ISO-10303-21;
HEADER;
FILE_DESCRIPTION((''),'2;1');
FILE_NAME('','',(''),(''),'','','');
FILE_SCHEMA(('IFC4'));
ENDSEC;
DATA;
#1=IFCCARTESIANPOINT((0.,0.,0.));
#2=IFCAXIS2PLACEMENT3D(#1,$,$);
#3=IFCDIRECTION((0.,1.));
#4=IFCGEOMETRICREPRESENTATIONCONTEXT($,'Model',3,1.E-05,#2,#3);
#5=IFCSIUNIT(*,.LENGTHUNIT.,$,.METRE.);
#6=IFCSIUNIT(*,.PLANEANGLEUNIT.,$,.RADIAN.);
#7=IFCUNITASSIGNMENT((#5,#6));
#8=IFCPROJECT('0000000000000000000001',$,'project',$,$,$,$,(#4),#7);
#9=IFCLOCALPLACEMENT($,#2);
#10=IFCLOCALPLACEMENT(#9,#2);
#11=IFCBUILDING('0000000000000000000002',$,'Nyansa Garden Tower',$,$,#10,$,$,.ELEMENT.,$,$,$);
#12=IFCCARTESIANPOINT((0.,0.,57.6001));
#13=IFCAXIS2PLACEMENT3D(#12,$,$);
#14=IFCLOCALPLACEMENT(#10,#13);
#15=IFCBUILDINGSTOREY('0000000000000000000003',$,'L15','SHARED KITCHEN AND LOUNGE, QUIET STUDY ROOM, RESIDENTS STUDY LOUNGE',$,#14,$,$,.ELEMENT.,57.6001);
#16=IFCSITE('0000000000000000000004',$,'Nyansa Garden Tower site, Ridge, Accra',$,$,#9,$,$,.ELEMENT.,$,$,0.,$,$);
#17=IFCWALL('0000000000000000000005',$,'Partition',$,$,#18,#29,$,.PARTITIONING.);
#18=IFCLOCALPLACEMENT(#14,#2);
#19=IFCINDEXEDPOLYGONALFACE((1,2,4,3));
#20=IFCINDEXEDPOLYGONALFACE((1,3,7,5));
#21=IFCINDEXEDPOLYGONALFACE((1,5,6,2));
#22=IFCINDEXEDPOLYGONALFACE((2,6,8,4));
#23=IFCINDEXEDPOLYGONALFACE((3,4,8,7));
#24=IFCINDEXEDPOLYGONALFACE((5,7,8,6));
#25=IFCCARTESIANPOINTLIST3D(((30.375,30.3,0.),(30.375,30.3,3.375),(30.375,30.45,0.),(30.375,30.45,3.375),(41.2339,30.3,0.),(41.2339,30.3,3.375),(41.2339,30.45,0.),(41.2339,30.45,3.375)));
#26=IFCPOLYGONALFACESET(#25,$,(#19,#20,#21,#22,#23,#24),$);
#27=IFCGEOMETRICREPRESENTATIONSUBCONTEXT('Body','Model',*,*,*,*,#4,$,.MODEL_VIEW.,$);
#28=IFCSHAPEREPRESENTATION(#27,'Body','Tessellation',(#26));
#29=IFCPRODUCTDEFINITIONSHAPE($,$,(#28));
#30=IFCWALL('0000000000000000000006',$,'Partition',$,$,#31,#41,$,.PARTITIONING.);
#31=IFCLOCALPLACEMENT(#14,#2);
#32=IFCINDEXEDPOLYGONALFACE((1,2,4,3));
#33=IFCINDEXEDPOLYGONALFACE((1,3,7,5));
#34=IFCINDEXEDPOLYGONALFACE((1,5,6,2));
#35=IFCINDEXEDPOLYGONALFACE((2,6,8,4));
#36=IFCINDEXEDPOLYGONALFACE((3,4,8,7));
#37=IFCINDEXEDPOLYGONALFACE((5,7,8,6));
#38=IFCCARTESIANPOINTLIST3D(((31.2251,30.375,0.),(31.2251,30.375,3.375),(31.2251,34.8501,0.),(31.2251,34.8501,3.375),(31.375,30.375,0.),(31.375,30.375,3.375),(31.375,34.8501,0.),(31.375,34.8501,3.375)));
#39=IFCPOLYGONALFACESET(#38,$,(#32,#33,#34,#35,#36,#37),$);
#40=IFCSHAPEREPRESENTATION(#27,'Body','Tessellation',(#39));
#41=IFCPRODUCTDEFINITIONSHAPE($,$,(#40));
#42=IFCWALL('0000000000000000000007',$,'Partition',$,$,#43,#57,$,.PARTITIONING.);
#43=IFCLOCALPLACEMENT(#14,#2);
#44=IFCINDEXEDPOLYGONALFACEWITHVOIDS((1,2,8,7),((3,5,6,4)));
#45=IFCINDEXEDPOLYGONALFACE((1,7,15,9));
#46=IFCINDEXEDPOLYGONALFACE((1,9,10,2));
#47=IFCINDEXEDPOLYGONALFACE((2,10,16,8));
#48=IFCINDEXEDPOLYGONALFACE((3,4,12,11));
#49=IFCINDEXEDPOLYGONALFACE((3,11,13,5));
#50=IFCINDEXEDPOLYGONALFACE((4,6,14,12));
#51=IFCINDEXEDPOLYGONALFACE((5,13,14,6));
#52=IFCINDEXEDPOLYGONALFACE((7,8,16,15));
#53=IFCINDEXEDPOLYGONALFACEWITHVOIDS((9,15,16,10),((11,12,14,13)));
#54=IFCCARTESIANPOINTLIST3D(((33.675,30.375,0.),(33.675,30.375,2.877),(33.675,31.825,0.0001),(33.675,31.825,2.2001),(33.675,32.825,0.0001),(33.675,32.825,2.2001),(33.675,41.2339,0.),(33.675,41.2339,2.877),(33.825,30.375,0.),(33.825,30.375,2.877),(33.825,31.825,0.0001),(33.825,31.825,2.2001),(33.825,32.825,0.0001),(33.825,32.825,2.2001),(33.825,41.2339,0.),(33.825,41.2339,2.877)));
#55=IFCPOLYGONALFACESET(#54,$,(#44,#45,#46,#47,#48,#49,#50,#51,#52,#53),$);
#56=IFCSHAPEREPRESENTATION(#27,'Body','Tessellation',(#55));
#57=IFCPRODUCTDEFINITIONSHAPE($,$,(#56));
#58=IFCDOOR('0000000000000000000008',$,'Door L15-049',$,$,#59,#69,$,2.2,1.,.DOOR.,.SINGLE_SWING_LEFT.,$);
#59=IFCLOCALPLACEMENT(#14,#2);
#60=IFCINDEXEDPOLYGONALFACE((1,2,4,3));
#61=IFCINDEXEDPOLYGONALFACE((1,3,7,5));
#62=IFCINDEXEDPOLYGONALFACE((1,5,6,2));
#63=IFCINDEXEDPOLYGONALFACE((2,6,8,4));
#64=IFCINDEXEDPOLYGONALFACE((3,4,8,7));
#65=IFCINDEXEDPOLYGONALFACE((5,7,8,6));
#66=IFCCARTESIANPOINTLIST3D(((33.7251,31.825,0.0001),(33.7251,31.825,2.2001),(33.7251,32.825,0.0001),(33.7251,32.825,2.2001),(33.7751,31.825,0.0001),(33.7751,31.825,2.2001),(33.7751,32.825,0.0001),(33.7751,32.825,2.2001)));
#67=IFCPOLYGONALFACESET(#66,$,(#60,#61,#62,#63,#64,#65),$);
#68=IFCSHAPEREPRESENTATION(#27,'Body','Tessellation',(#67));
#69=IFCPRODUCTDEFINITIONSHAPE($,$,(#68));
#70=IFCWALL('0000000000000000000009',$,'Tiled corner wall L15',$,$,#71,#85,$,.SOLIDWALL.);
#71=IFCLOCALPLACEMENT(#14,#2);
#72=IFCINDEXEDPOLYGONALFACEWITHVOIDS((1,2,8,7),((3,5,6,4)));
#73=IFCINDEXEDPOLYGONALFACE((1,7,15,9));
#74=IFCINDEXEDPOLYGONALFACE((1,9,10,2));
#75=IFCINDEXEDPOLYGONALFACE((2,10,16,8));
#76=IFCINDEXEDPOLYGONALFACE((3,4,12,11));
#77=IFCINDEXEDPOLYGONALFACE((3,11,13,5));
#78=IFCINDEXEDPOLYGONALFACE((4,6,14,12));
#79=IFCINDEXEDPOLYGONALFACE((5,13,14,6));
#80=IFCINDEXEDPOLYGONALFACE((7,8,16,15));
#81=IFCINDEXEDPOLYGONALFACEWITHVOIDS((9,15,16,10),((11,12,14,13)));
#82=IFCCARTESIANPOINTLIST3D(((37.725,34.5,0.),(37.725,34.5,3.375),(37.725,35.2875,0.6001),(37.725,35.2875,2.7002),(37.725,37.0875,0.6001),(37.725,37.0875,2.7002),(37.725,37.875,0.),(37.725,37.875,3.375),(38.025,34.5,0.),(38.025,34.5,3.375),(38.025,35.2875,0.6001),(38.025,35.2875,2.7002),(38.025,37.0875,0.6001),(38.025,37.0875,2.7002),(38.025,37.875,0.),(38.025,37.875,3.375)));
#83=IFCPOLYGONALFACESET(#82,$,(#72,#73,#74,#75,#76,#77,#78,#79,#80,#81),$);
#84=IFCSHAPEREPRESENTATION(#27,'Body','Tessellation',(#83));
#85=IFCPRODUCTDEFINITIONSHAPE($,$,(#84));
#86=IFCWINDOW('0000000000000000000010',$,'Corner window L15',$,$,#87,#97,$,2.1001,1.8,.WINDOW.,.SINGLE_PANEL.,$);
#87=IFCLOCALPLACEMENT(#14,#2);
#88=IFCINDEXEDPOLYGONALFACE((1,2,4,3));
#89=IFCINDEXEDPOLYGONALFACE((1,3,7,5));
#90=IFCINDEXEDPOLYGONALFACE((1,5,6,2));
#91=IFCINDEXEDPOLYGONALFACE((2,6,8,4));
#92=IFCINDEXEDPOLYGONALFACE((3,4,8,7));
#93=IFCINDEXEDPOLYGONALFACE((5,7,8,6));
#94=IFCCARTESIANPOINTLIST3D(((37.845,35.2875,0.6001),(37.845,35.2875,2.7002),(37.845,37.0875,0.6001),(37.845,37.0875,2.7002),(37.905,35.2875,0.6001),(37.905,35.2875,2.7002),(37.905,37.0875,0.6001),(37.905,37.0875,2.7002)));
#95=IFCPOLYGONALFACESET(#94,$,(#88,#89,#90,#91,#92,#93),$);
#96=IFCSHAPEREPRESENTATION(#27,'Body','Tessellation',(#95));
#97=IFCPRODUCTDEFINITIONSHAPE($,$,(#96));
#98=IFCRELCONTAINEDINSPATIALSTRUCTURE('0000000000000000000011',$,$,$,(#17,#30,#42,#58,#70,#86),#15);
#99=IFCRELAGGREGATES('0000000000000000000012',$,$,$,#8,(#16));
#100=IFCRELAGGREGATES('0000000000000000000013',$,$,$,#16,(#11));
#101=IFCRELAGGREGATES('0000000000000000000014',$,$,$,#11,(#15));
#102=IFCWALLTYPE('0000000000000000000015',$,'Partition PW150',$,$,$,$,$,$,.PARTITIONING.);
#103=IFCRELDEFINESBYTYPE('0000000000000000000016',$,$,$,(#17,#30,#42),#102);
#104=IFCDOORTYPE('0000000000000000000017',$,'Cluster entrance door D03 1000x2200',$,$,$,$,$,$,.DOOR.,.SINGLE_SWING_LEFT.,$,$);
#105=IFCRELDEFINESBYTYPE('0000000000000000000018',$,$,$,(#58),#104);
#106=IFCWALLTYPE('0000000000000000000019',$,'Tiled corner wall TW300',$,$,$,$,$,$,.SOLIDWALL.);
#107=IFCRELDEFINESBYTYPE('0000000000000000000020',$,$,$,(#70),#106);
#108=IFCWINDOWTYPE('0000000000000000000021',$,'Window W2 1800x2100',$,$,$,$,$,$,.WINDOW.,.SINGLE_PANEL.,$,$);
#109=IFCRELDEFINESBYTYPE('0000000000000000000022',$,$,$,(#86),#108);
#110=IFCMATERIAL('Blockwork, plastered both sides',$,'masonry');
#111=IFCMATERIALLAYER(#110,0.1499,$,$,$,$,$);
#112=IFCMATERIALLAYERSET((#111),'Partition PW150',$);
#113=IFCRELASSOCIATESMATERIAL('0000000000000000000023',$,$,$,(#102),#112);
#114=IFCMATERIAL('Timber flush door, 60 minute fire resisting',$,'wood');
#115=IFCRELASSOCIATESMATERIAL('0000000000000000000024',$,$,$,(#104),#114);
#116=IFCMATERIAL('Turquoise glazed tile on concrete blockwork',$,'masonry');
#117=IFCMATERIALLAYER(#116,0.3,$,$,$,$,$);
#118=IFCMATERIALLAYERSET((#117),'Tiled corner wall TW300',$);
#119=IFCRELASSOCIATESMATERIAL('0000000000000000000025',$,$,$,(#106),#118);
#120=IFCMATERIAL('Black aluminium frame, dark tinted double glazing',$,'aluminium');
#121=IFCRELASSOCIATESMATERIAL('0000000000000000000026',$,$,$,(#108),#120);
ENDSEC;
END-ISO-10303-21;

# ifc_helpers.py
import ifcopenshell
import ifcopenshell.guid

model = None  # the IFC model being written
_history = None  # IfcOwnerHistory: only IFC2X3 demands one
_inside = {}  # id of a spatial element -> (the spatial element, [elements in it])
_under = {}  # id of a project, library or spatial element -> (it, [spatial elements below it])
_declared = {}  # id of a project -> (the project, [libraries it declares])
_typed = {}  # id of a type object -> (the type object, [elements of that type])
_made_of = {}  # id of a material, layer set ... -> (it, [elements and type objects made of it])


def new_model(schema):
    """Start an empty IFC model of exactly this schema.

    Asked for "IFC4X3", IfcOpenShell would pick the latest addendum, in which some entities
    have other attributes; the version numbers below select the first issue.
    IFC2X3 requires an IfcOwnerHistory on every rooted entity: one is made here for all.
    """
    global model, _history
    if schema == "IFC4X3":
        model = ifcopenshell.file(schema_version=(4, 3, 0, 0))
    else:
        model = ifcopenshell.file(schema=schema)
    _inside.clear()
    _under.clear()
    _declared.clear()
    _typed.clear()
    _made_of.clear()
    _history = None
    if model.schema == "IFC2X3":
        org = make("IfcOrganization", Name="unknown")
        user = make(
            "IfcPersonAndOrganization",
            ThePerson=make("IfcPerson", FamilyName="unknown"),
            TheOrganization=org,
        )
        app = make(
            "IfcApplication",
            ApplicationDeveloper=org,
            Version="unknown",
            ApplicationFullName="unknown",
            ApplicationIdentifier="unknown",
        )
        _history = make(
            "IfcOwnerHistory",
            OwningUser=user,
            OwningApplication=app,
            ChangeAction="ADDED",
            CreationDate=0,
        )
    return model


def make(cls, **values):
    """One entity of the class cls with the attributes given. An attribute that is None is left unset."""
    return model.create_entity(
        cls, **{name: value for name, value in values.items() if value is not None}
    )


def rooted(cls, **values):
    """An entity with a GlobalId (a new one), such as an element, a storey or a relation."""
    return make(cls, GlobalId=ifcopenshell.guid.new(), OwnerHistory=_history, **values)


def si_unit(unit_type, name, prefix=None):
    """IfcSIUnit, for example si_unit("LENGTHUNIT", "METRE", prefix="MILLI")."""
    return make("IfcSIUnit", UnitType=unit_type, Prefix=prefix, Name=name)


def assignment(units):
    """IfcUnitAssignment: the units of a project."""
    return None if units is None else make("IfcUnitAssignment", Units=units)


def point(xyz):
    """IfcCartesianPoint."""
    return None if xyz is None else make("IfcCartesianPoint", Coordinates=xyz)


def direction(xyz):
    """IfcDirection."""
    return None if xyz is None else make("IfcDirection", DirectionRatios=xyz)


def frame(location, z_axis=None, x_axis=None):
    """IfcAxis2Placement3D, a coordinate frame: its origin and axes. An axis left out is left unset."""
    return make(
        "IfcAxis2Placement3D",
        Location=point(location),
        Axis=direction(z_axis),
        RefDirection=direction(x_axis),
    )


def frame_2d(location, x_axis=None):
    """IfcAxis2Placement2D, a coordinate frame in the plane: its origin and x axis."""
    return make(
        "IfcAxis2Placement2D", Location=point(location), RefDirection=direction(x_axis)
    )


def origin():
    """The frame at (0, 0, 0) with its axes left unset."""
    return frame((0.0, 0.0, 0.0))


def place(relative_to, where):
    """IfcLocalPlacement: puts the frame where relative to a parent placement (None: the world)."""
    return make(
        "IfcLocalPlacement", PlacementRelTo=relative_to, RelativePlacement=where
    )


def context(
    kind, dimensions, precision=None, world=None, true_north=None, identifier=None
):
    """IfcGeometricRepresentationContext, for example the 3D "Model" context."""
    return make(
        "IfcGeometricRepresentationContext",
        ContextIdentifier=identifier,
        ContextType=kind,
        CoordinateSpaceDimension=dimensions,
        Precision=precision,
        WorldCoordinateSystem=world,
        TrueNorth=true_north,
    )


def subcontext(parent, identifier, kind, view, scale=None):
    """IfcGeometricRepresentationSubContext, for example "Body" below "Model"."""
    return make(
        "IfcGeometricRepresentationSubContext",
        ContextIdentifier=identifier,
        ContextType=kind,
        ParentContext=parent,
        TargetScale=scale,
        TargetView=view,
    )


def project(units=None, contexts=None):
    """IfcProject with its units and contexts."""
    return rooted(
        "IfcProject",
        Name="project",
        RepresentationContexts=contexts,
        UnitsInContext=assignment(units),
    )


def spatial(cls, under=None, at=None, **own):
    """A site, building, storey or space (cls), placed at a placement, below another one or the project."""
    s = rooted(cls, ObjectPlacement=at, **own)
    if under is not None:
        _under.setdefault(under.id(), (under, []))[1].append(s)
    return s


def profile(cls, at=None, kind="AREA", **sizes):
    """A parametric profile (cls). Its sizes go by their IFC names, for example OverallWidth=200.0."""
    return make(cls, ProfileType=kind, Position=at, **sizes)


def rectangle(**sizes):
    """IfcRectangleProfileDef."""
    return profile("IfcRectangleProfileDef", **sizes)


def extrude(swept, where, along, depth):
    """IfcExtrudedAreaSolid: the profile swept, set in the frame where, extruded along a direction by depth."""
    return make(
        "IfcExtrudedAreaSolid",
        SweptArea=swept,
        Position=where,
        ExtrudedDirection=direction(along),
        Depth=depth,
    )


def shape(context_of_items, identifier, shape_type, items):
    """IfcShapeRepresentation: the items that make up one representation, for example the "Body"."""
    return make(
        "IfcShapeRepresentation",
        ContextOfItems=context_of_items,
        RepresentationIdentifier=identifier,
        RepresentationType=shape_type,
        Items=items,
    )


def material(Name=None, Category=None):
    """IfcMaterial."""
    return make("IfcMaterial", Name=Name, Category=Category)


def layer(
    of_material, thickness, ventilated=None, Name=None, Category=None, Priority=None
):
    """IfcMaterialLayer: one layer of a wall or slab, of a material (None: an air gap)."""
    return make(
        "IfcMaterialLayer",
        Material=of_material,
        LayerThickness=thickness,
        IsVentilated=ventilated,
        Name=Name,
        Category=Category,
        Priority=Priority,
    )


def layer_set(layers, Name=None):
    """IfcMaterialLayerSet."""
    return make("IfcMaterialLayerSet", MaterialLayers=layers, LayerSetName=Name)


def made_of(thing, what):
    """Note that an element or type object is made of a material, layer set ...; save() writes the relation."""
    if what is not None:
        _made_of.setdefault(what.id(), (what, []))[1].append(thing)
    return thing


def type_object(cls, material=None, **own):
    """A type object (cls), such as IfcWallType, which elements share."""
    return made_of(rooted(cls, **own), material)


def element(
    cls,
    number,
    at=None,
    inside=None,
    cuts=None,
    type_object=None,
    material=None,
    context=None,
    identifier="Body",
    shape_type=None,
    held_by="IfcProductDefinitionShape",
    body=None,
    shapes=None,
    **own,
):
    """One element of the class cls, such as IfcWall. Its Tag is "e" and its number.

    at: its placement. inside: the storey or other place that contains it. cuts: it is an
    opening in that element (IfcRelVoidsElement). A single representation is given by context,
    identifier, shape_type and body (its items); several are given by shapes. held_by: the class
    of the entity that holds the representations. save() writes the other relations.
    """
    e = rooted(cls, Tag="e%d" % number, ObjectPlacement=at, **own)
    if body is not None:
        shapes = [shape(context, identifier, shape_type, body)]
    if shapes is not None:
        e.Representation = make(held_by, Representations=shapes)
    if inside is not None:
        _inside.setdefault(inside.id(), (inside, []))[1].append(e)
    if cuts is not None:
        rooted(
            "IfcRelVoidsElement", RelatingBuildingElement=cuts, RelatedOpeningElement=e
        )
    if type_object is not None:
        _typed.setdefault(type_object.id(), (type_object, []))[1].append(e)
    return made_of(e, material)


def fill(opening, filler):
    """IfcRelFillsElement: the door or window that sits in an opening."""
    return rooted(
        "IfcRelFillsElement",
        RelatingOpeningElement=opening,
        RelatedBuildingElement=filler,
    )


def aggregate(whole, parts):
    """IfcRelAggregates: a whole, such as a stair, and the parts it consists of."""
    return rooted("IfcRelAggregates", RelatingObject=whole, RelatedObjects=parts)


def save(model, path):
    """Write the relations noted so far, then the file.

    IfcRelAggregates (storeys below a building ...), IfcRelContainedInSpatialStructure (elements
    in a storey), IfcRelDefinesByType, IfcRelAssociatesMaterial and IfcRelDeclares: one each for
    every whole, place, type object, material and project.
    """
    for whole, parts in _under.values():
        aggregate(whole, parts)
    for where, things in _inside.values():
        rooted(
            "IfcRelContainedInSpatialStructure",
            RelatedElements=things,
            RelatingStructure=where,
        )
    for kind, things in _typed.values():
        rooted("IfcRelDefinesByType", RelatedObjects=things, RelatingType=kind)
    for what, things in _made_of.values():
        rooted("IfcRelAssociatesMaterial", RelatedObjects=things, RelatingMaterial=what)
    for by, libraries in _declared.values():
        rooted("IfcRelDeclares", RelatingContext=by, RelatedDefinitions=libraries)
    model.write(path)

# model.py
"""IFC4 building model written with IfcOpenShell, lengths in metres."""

from ifc_helpers import new_model, si_unit, direction, frame, frame_2d, origin, place, context, subcontext, project, spatial, rectangle, extrude, material, layer, layer_set, type_object, element, fill, save


model = new_model("IFC4")

# Units and contexts
model_context = context("Model", 3, precision=1e-05, world=origin(), true_north=direction((0.0, 1.0)))
body_context = subcontext(model_context, "Body", "Model", "MODEL_VIEW")
ifc_project = project(units=[si_unit("LENGTHUNIT", "METRE"), si_unit("PLANEANGLEUNIT", "RADIAN")], contexts=[model_context])

# Site, building, storey
site_placement = place(None, origin())
site = spatial("IfcSite", under=ifc_project, at=site_placement, Name="Nyansa Garden Tower site, Ridge, Accra", CompositionType="ELEMENT", RefElevation=0.0)
building_placement = place(site_placement, origin())
building = spatial("IfcBuilding", under=site, at=building_placement, Name="Nyansa Garden Tower", CompositionType="ELEMENT")
storey_placement = place(building_placement, frame((0.0, 0.0, 57.6001)))
storey = spatial("IfcBuildingStorey", under=building, at=storey_placement, Name="L15", Description="SHARED KITCHEN AND LOUNGE, QUIET STUDY ROOM, RESIDENTS STUDY LOUNGE", CompositionType="ELEMENT", Elevation=57.6001)

# Walls
ifc_material_1 = material(Name="Blockwork, plastered both sides", Category="masonry")
ifc_layer_1 = layer(ifc_material_1, 0.1499)
ifc_layer_set_1 = layer_set([ifc_layer_1], Name="Partition PW150")
wall_type_1 = type_object("IfcWallType", Name="Partition PW150", PredefinedType="PARTITIONING", material=ifc_layer_set_1)
wall_1_placement = place(storey_placement, frame((30.375, 30.375, 0.0), z_axis=(0.0, 0.0, 1.0), x_axis=(1.0, 0.0, 0.0)))
element("IfcWall", 1, at=wall_1_placement, inside=storey, type_object=wall_type_1, Name="Partition", PredefinedType="PARTITIONING", context=body_context, shape_type="SweptSolid", body=[
    extrude(rectangle(XDim=10.8589, YDim=0.1499, at=frame_2d((5.4294, 0.0))), origin(), (0.0, 0.0, 1.0), 3.375),
])
wall_2_placement = place(storey_placement, frame((31.3, 30.375, 0.0), z_axis=(0.0, 0.0, 1.0), x_axis=(0.0, 1.0, 0.0)))
element("IfcWall", 2, at=wall_2_placement, inside=storey, type_object=wall_type_1, Name="Partition", PredefinedType="PARTITIONING", context=body_context, shape_type="SweptSolid", body=[
    extrude(rectangle(XDim=4.4751, YDim=0.1499, at=frame_2d((2.2375, 0.0))), origin(), (0.0, 0.0, 1.0), 3.375),
])

# Wall, opening, door
wall_3_placement = place(storey_placement, frame((33.75, 30.375, 0.0), z_axis=(0.0, 0.0, 1.0), x_axis=(0.0, 1.0, 0.0)))
wall_3 = element("IfcWall", 3, at=wall_3_placement, inside=storey, type_object=wall_type_1, Name="Partition", PredefinedType="PARTITIONING", context=body_context, shape_type="SweptSolid", body=[
    extrude(rectangle(XDim=10.8589, YDim=0.1499, at=frame_2d((5.4294, 0.0))), origin(), (0.0, 0.0, 1.0), 2.877),
])
opening_1_placement = place(wall_3_placement, frame((1.45, 0.0, 0.0)))
opening_1 = element("IfcOpeningElement", 4, at=opening_1_placement, cuts=wall_3, PredefinedType="OPENING", context=body_context, shape_type="SweptSolid", body=[
    extrude(rectangle(XDim=1.0, YDim=2.2, at=frame_2d((0.5, 1.1001))), frame((0.0, 0.085, 0.0), z_axis=(0.0, -1.0, 0.0), x_axis=(1.0, 0.0, 0.0)), (0.0, 0.0, 1.0), 0.1699),
])
ifc_material_2 = material(Name="Timber flush door, 60 minute fire resisting", Category="wood")
door_type = type_object("IfcDoorType", Name="Cluster entrance door D03 1000x2200", OperationType="SINGLE_SWING_LEFT", PredefinedType="DOOR", material=ifc_material_2)
door_placement = place(opening_1_placement, origin())
door = element("IfcDoor", 5, at=door_placement, inside=storey, type_object=door_type, Name="Door L15-049", OperationType="SINGLE_SWING_LEFT", OverallHeight=2.2, OverallWidth=1.0, PredefinedType="DOOR", context=body_context, shape_type="SweptSolid", body=[
    extrude(rectangle(XDim=1.0, YDim=2.2, at=frame_2d((0.5, 1.1001))), frame((0.0, 0.0249, 0.0), z_axis=(0.0, -1.0, 0.0), x_axis=(1.0, 0.0, 0.0)), (0.0, 0.0, 1.0), 0.05),
])
fill(opening_1, door)

# Wall, opening, window
ifc_material_3 = material(Name="Turquoise glazed tile on concrete blockwork", Category="masonry")
ifc_layer_2 = layer(ifc_material_3, 0.3)
ifc_layer_set_2 = layer_set([ifc_layer_2], Name="Tiled corner wall TW300")
wall_type_2 = type_object("IfcWallType", Name="Tiled corner wall TW300", PredefinedType="SOLIDWALL", material=ifc_layer_set_2)
wall_4_placement = place(storey_placement, frame((37.875, 34.5, 0.0), z_axis=(0.0, 0.0, 1.0), x_axis=(0.0, 1.0, 0.0)))
wall_4 = element("IfcWall", 6, at=wall_4_placement, inside=storey, type_object=wall_type_2, Name="Tiled corner wall L15", PredefinedType="SOLIDWALL", context=body_context, shape_type="SweptSolid", body=[
    extrude(rectangle(XDim=3.375, YDim=0.3, at=frame_2d((1.6875, 0.0))), origin(), (0.0, 0.0, 1.0), 3.375),
])
opening_2_placement = place(wall_4_placement, frame((0.7876, 0.0, 0.6001)))
opening_2 = element("IfcOpeningElement", 7, at=opening_2_placement, cuts=wall_4, PredefinedType="OPENING", context=body_context, shape_type="SweptSolid", body=[
    extrude(rectangle(XDim=1.8, YDim=2.1001, at=frame_2d((0.8999, 1.05))), frame((0.0, 0.1599, 0.0), z_axis=(0.0, -1.0, 0.0), x_axis=(1.0, 0.0, 0.0)), (0.0, 0.0, 1.0), 0.3201),
])
ifc_material_4 = material(Name="Black aluminium frame, dark tinted double glazing", Category="aluminium")
window_type = type_object("IfcWindowType", Name="Window W2 1800x2100", PartitioningType="SINGLE_PANEL", PredefinedType="WINDOW", material=ifc_material_4)
window_placement = place(opening_2_placement, origin())
window = element("IfcWindow", 8, at=window_placement, inside=storey, type_object=window_type, Name="Corner window L15", OverallHeight=2.1001, OverallWidth=1.8, PartitioningType="SINGLE_PANEL", PredefinedType="WINDOW", context=body_context, shape_type="SweptSolid", body=[
    extrude(rectangle(XDim=1.8, YDim=2.1001, at=frame_2d((0.8999, 1.05))), frame((0.0, 0.03, 0.0), z_axis=(0.0, -1.0, 0.0), x_axis=(1.0, 0.0, 0.0)), (0.0, 0.0, 1.0), 0.0601),
])
fill(opening_2, window)

save(model, "model.ifc")
